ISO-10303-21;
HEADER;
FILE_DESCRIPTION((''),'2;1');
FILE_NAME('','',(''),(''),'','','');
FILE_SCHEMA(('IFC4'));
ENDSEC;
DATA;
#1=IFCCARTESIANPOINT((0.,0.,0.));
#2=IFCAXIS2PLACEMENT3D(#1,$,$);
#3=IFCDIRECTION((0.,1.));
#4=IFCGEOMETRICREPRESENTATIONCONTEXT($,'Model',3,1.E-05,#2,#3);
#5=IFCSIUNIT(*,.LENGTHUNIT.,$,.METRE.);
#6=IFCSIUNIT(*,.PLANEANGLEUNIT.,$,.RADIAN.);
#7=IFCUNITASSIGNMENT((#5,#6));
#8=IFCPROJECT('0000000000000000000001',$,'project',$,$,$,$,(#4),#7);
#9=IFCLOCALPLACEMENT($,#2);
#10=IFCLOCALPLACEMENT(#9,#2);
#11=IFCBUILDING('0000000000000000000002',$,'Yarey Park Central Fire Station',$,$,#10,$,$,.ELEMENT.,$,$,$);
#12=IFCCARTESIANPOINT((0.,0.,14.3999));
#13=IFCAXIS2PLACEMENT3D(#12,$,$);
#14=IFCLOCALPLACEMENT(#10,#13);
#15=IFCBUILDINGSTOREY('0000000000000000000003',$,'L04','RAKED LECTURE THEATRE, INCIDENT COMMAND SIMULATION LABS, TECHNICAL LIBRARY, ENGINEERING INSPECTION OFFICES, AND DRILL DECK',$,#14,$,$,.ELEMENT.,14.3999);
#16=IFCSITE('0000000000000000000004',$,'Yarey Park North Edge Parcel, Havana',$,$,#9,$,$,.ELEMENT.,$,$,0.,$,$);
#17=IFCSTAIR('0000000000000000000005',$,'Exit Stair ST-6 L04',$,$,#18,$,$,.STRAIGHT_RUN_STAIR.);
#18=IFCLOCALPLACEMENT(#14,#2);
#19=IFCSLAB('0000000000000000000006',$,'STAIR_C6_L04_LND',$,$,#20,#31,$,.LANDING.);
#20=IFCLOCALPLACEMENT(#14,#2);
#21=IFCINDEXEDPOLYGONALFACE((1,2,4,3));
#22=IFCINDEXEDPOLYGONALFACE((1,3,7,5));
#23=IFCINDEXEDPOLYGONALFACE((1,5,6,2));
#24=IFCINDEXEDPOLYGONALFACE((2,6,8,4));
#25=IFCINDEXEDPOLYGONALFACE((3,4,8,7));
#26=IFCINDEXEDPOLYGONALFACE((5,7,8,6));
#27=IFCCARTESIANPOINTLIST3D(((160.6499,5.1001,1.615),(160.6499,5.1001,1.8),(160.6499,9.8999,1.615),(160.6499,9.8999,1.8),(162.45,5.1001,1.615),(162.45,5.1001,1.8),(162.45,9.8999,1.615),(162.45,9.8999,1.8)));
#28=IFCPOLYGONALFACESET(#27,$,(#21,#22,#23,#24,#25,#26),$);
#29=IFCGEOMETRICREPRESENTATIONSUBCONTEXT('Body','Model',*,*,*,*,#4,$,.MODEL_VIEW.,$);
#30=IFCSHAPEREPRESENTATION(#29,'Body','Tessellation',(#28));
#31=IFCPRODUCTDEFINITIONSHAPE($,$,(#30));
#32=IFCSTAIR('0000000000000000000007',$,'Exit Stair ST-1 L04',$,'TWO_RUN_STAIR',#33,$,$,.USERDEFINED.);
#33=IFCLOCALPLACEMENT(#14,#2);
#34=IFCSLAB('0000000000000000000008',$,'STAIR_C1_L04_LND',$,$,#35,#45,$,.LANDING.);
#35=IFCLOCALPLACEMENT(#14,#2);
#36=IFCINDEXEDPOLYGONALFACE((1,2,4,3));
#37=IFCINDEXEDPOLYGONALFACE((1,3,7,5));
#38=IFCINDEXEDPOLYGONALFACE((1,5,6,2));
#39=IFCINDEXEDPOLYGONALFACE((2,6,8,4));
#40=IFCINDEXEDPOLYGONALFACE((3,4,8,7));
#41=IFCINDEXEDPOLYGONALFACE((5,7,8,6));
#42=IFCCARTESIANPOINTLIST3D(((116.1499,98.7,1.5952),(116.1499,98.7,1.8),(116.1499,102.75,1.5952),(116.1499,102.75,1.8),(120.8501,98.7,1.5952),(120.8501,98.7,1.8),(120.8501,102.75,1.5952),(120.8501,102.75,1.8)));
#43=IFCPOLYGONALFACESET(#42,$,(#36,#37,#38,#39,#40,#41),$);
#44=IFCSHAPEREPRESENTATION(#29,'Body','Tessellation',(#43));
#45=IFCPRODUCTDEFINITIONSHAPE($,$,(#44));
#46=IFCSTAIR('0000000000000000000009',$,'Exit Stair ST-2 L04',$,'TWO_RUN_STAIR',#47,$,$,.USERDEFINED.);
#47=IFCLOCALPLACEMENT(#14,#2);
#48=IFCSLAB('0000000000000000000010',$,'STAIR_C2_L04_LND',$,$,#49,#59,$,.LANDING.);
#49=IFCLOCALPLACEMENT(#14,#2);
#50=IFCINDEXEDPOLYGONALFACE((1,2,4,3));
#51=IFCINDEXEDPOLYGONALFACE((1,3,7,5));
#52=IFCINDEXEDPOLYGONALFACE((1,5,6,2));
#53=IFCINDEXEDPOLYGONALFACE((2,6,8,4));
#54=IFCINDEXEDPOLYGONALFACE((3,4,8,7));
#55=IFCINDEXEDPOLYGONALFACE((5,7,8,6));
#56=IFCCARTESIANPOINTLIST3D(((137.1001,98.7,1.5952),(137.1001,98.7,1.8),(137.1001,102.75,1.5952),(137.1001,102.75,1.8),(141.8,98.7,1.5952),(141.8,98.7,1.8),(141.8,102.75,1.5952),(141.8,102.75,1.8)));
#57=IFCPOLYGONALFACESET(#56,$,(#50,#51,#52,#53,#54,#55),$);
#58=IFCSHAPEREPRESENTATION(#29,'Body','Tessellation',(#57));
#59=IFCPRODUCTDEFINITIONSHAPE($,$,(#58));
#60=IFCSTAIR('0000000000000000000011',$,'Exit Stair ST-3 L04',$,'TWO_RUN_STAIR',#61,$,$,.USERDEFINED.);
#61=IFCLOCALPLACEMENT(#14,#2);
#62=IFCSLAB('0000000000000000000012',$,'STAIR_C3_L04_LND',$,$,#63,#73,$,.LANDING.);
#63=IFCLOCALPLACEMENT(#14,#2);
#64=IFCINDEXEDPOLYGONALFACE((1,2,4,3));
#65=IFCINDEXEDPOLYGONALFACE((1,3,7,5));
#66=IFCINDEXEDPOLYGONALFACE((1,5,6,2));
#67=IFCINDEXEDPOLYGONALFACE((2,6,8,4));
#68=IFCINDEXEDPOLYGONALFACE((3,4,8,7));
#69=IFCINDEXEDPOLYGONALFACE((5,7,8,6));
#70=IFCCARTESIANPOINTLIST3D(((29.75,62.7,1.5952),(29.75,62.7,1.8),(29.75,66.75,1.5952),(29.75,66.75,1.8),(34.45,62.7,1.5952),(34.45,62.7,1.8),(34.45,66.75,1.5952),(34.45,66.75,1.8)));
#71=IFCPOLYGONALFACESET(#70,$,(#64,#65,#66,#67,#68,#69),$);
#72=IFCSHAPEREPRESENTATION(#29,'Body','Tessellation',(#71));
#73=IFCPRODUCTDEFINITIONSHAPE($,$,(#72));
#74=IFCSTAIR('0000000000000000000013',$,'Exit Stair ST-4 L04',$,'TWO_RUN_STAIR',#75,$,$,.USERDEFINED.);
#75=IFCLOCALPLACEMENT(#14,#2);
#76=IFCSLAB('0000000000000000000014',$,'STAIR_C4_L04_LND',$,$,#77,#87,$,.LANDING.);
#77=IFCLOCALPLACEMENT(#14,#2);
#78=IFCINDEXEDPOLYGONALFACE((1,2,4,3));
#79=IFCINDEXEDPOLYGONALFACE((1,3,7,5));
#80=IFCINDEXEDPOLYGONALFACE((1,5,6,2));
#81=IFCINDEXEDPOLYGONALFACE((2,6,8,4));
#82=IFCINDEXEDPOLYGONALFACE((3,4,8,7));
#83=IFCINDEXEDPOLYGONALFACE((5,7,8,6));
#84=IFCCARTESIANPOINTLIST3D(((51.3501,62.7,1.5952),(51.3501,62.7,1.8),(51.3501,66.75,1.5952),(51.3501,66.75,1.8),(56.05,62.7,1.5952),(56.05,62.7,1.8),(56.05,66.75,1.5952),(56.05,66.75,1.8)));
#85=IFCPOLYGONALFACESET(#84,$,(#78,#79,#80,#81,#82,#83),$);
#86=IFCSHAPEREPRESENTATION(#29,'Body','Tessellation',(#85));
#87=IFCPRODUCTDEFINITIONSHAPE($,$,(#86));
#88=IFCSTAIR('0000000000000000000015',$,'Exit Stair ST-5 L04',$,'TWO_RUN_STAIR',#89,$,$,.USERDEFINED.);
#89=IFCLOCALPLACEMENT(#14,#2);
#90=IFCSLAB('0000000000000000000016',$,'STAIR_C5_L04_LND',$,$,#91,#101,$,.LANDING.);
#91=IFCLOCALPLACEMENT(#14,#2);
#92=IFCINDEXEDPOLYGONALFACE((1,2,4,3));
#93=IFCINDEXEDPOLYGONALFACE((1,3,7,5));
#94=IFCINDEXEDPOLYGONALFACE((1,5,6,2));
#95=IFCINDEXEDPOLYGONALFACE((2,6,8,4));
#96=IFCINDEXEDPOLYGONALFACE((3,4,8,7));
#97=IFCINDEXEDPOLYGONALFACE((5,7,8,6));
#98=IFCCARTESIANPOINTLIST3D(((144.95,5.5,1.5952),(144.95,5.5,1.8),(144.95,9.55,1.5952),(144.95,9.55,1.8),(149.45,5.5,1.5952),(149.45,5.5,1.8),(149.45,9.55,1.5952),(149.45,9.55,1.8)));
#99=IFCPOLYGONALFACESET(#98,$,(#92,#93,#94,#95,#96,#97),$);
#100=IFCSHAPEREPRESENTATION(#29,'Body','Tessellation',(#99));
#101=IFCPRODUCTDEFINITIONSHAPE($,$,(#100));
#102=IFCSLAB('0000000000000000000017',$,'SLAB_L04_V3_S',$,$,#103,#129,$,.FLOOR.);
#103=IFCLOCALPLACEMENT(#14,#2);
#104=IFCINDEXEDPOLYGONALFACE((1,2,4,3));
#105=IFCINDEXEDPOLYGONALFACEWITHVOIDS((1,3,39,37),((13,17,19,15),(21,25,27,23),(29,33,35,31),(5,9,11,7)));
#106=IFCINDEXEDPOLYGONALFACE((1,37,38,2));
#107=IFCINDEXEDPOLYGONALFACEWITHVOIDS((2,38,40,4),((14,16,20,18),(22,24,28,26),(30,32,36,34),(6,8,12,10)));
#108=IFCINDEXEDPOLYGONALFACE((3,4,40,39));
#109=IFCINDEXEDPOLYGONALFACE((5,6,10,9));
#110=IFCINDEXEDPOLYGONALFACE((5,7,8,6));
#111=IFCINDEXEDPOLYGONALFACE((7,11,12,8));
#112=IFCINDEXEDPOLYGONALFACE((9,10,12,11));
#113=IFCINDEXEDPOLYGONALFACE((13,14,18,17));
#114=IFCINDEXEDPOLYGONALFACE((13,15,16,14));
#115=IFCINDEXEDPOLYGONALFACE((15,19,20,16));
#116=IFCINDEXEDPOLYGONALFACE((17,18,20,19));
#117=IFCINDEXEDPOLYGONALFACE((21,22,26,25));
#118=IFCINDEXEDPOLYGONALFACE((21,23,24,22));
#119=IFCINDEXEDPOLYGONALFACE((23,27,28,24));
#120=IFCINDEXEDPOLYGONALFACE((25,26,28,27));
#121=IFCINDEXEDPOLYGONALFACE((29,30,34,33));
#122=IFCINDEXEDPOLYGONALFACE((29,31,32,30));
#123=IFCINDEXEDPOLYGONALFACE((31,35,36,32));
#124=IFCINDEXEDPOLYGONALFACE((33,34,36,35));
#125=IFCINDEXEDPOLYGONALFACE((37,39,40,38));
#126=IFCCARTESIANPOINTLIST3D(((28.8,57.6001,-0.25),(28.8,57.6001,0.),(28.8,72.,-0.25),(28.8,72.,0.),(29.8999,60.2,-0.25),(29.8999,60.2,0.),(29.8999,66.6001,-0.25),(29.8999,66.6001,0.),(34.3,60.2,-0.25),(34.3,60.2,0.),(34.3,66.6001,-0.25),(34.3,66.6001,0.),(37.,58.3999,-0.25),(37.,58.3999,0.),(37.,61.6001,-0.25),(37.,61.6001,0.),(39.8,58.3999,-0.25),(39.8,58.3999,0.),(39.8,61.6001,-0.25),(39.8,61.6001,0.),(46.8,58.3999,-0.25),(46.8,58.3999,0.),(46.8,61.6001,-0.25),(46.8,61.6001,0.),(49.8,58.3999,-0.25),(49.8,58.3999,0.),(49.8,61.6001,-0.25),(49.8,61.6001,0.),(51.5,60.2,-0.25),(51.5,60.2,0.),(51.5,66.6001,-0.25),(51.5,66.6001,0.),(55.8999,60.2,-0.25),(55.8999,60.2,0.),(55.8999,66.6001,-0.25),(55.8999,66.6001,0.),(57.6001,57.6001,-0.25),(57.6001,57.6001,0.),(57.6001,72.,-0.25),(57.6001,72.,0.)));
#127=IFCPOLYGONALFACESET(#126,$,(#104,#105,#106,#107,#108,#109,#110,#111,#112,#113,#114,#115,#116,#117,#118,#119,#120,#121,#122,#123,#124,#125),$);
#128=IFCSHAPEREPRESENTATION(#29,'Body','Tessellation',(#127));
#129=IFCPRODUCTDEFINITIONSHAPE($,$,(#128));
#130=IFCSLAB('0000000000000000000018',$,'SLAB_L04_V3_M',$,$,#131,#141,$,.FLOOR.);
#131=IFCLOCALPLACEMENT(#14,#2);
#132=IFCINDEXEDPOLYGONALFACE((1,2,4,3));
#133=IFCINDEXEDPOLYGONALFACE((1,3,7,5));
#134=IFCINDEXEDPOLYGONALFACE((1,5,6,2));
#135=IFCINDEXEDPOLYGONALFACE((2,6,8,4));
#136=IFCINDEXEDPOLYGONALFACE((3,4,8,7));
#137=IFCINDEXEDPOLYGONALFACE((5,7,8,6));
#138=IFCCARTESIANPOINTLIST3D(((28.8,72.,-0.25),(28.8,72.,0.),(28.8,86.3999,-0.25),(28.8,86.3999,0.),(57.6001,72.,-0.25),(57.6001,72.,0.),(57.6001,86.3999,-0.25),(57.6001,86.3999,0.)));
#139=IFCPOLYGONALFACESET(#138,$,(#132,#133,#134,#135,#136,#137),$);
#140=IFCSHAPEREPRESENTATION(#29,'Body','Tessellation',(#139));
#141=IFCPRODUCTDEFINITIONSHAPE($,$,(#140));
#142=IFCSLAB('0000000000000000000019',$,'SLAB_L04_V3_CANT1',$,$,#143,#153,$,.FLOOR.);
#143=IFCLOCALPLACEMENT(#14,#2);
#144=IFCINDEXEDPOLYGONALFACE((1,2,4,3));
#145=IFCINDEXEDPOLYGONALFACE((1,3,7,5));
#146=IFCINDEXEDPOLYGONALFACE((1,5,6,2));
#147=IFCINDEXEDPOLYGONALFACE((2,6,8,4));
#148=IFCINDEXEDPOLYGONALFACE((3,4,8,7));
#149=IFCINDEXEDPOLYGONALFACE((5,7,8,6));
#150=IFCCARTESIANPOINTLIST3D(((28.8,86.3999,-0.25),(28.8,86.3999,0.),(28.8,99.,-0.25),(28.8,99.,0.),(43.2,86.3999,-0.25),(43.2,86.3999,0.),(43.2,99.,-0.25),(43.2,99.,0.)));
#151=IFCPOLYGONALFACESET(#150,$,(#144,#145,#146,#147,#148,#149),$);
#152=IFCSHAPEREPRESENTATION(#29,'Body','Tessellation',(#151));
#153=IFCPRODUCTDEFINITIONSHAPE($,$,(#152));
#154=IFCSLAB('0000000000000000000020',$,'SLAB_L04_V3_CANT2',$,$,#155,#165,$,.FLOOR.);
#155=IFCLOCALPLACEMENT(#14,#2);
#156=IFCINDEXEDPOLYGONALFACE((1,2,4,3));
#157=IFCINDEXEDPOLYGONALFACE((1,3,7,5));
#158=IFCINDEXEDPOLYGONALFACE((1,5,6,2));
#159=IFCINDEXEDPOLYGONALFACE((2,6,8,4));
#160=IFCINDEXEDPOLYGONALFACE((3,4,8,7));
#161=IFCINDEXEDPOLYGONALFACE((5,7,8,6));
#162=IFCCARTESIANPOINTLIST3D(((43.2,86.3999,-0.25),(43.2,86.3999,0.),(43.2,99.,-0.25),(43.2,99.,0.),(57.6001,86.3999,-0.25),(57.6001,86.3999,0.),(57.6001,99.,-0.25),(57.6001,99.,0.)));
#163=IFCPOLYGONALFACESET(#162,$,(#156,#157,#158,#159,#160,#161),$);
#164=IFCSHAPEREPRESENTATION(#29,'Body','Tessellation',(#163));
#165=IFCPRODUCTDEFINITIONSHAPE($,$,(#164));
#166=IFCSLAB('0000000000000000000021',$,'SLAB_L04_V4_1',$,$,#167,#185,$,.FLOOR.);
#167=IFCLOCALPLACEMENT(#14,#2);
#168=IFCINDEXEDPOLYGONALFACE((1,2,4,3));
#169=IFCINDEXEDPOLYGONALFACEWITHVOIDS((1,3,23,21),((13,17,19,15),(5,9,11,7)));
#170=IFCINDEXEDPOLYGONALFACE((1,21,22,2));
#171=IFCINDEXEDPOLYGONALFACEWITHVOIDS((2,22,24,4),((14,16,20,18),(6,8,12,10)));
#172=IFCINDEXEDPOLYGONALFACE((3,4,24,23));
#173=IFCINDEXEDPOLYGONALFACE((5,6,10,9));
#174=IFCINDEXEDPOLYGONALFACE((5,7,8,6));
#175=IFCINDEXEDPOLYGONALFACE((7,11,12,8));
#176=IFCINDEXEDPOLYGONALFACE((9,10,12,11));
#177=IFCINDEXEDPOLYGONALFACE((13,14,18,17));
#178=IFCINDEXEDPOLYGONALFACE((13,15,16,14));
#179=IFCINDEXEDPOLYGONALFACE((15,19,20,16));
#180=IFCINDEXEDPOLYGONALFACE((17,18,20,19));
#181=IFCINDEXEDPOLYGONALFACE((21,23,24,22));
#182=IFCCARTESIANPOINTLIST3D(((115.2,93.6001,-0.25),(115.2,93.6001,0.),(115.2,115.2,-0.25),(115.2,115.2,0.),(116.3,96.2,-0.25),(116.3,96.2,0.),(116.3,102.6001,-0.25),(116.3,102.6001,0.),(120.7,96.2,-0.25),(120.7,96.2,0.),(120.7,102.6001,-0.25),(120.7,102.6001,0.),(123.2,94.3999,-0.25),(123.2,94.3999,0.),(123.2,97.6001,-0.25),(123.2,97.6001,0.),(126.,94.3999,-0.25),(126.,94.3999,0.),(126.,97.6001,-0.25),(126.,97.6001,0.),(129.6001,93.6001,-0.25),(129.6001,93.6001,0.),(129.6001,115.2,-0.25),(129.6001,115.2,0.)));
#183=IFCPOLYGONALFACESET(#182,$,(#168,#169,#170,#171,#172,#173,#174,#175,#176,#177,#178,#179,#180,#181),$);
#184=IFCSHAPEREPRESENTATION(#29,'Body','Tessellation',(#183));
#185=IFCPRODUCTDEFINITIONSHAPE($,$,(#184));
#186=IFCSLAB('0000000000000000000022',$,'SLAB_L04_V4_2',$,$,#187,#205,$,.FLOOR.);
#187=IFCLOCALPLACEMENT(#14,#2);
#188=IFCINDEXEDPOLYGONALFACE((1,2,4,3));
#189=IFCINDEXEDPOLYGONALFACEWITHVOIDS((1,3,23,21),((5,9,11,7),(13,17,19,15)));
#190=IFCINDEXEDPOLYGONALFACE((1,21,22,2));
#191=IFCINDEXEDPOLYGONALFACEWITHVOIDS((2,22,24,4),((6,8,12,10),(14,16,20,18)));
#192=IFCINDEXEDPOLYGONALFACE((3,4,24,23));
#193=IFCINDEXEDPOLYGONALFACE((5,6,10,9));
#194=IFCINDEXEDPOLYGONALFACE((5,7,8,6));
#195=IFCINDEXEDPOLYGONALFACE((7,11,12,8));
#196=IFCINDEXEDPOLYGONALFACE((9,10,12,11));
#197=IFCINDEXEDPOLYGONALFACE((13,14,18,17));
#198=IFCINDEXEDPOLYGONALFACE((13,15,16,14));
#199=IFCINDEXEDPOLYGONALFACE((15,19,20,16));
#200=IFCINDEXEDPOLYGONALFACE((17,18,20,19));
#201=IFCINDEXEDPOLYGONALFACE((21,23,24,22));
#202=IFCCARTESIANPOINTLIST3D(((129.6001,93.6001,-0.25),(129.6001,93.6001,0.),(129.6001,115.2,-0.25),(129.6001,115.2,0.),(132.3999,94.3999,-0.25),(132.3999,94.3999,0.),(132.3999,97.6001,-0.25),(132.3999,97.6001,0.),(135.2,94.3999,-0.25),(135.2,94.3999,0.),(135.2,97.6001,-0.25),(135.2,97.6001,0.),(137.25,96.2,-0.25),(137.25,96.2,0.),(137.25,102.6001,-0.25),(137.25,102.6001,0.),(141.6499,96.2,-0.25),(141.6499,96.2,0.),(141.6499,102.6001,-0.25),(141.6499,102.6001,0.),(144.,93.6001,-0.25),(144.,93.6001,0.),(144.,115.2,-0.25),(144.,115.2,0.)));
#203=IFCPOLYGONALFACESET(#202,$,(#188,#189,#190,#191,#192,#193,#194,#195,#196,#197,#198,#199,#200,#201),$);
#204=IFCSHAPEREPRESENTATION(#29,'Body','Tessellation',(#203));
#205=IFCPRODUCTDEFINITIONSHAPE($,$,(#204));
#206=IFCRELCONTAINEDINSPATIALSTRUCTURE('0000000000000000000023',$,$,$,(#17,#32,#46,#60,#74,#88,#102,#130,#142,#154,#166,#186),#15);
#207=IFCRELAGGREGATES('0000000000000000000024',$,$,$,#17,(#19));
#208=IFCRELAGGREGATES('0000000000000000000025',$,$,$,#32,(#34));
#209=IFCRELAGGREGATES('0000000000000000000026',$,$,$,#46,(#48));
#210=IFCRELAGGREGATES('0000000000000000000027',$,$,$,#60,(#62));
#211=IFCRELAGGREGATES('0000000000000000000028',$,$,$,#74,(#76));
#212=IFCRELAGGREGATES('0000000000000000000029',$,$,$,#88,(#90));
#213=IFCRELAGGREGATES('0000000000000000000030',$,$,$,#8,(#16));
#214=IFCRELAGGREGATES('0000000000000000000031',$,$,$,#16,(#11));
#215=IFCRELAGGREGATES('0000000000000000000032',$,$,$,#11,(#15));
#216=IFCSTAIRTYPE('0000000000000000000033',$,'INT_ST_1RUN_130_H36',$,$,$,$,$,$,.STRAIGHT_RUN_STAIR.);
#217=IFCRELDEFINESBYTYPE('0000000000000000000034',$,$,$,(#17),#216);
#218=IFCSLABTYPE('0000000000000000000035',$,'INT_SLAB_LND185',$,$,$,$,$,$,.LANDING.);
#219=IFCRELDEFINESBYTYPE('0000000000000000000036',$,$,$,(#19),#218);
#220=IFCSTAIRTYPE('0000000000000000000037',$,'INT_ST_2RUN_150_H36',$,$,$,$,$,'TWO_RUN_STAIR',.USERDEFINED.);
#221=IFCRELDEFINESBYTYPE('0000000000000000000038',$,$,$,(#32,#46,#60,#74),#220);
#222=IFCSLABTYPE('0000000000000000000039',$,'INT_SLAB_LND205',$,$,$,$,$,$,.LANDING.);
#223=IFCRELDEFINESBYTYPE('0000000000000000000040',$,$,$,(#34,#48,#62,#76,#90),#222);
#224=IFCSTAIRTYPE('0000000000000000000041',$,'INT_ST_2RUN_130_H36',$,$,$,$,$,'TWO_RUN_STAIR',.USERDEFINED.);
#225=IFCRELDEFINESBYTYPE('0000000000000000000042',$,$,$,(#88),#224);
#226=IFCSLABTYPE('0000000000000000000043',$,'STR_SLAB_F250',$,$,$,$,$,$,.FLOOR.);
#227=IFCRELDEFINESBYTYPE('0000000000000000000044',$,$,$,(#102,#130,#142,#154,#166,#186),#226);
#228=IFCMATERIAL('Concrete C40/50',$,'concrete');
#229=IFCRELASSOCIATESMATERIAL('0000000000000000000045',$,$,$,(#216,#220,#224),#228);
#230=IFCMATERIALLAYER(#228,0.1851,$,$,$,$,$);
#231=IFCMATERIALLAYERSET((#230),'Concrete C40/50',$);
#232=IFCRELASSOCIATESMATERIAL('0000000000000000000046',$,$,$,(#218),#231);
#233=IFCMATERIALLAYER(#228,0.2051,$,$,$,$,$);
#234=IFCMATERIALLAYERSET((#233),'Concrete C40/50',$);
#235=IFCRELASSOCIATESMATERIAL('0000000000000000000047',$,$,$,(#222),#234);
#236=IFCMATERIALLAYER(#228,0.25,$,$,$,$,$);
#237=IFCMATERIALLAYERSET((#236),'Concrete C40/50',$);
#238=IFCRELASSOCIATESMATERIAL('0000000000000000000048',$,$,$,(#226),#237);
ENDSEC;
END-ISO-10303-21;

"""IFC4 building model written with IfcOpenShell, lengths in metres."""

from ifc_helpers import new_model, si_unit, direction, frame, origin, place, context, subcontext, project, spatial, polyline, outline, extrude, material, layer, layer_set, type_object, element, aggregate, save


model = new_model("IFC4")

# Units and contexts
model_context = context("Model", 3, precision=1e-05, world=origin(), true_north=direction((0.0, 1.0)))
body_context = subcontext(model_context, "Body", "Model", "MODEL_VIEW")
ifc_project = project(units=[si_unit("LENGTHUNIT", "METRE"), si_unit("PLANEANGLEUNIT", "RADIAN")], contexts=[model_context])

# Site, building, storey
site_placement = place(None, origin())
site = spatial("IfcSite", under=ifc_project, at=site_placement, Name="Yarey Park North Edge Parcel, Havana", CompositionType="ELEMENT", RefElevation=0.0)
building_placement = place(site_placement, origin())
building = spatial("IfcBuilding", under=site, at=building_placement, Name="Yarey Park Central Fire Station", CompositionType="ELEMENT")
storey_placement = place(building_placement, frame((0.0, 0.0, 14.3999)))
storey = spatial("IfcBuildingStorey", under=building, at=storey_placement, Name="L04", Description="RAKED LECTURE THEATRE, INCIDENT COMMAND SIMULATION LABS, TECHNICAL LIBRARY, ENGINEERING INSPECTION OFFICES, AND DRILL DECK", CompositionType="ELEMENT", Elevation=14.3999)

# Stairs, slabs
ifc_material_1 = material(Name="Concrete C40/50", Category="concrete")
stair_type_1 = type_object("IfcStairType", Name="INT_ST_1RUN_130_H36", PredefinedType="STRAIGHT_RUN_STAIR", material=ifc_material_1)
stair_1_placement = place(storey_placement, origin())
stair_1 = element("IfcStair", 1, at=stair_1_placement, inside=storey, type_object=stair_type_1, Name="Exit Stair ST-6 L04", PredefinedType="STRAIGHT_RUN_STAIR")
ifc_layer_1 = layer(ifc_material_1, 0.1851)
ifc_layer_set_1 = layer_set([ifc_layer_1], Name="Concrete C40/50")
slab_type_1 = type_object("IfcSlabType", Name="INT_SLAB_LND185", PredefinedType="LANDING", material=ifc_layer_set_1)
slab_1_placement = place(storey_placement, frame((0.0, 0.0, 1.615)))
slab_1 = element("IfcSlab", 2, at=slab_1_placement, type_object=slab_type_1, Name="STAIR_C6_L04_LND", PredefinedType="LANDING", context=body_context, shape_type="SweptSolid", body=[
    extrude(outline(polyline([(160.6499, 5.1001), (162.45, 5.1001), (162.45, 9.8999), (160.6499, 9.8999), (160.6499, 5.1001)])), origin(), (0.0, 0.0, 1.0), 0.1851),
])
aggregate(stair_1, [slab_1])
stair_type_2 = type_object("IfcStairType", Name="INT_ST_2RUN_150_H36", ElementType="TWO_RUN_STAIR", PredefinedType="USERDEFINED", material=ifc_material_1)
stair_2_placement = place(storey_placement, origin())
stair_2 = element("IfcStair", 3, at=stair_2_placement, inside=storey, type_object=stair_type_2, Name="Exit Stair ST-1 L04", ObjectType="TWO_RUN_STAIR", PredefinedType="USERDEFINED")
ifc_layer_2 = layer(ifc_material_1, 0.2051)
ifc_layer_set_2 = layer_set([ifc_layer_2], Name="Concrete C40/50")
slab_type_2 = type_object("IfcSlabType", Name="INT_SLAB_LND205", PredefinedType="LANDING", material=ifc_layer_set_2)
slab_2_placement = place(storey_placement, frame((0.0, 0.0, 1.5952)))
slab_2 = element("IfcSlab", 4, at=slab_2_placement, type_object=slab_type_2, Name="STAIR_C1_L04_LND", PredefinedType="LANDING", context=body_context, shape_type="SweptSolid", body=[
    extrude(outline(polyline([(116.1499, 98.7), (120.8501, 98.7), (120.8501, 102.75), (116.1499, 102.75), (116.1499, 98.7)])), origin(), (0.0, 0.0, 1.0), 0.2048),
])
aggregate(stair_2, [slab_2])
stair_3_placement = place(storey_placement, origin())
stair_3 = element("IfcStair", 5, at=stair_3_placement, inside=storey, type_object=stair_type_2, Name="Exit Stair ST-2 L04", ObjectType="TWO_RUN_STAIR", PredefinedType="USERDEFINED")
slab_3_placement = place(storey_placement, frame((0.0, 0.0, 1.5952)))
slab_3 = element("IfcSlab", 6, at=slab_3_placement, type_object=slab_type_2, Name="STAIR_C2_L04_LND", PredefinedType="LANDING", context=body_context, shape_type="SweptSolid", body=[
    extrude(outline(polyline([(137.1001, 98.7), (141.8, 98.7), (141.8, 102.75), (137.1001, 102.75), (137.1001, 98.7)])), origin(), (0.0, 0.0, 1.0), 0.2048),
])
aggregate(stair_3, [slab_3])
stair_4_placement = place(storey_placement, origin())
stair_4 = element("IfcStair", 7, at=stair_4_placement, inside=storey, type_object=stair_type_2, Name="Exit Stair ST-3 L04", ObjectType="TWO_RUN_STAIR", PredefinedType="USERDEFINED")
slab_4_placement = place(storey_placement, frame((0.0, 0.0, 1.5952)))
slab_4 = element("IfcSlab", 8, at=slab_4_placement, type_object=slab_type_2, Name="STAIR_C3_L04_LND", PredefinedType="LANDING", context=body_context, shape_type="SweptSolid", body=[
    extrude(outline(polyline([(29.75, 62.7), (34.45, 62.7), (34.45, 66.75), (29.75, 66.75), (29.75, 62.7)])), origin(), (0.0, 0.0, 1.0), 0.2048),
])
aggregate(stair_4, [slab_4])
stair_5_placement = place(storey_placement, origin())
stair_5 = element("IfcStair", 9, at=stair_5_placement, inside=storey, type_object=stair_type_2, Name="Exit Stair ST-4 L04", ObjectType="TWO_RUN_STAIR", PredefinedType="USERDEFINED")
slab_5_placement = place(storey_placement, frame((0.0, 0.0, 1.5952)))
slab_5 = element("IfcSlab", 10, at=slab_5_placement, type_object=slab_type_2, Name="STAIR_C4_L04_LND", PredefinedType="LANDING", context=body_context, shape_type="SweptSolid", body=[
    extrude(outline(polyline([(51.3501, 62.7), (56.05, 62.7), (56.05, 66.75), (51.3501, 66.75), (51.3501, 62.7)])), origin(), (0.0, 0.0, 1.0), 0.2048),
])
aggregate(stair_5, [slab_5])
stair_type_3 = type_object("IfcStairType", Name="INT_ST_2RUN_130_H36", ElementType="TWO_RUN_STAIR", PredefinedType="USERDEFINED", material=ifc_material_1)
stair_6_placement = place(storey_placement, origin())
stair_6 = element("IfcStair", 11, at=stair_6_placement, inside=storey, type_object=stair_type_3, Name="Exit Stair ST-5 L04", ObjectType="TWO_RUN_STAIR", PredefinedType="USERDEFINED")
slab_6_placement = place(storey_placement, frame((0.0, 0.0, 1.5952)))
slab_6 = element("IfcSlab", 12, at=slab_6_placement, type_object=slab_type_2, Name="STAIR_C5_L04_LND", PredefinedType="LANDING", context=body_context, shape_type="SweptSolid", body=[
    extrude(outline(polyline([(144.95, 5.5), (149.45, 5.5), (149.45, 9.55), (144.95, 9.55), (144.95, 5.5)])), origin(), (0.0, 0.0, 1.0), 0.2048),
])
aggregate(stair_6, [slab_6])

# Slabs
ifc_layer_3 = layer(ifc_material_1, 0.25)
ifc_layer_set_3 = layer_set([ifc_layer_3], Name="Concrete C40/50")
slab_type_3 = type_object("IfcSlabType", Name="STR_SLAB_F250", PredefinedType="FLOOR", material=ifc_layer_set_3)
slab_7_placement = place(storey_placement, frame((0.0, 0.0, -0.25)))
element("IfcSlab", 13, at=slab_7_placement, inside=storey, type_object=slab_type_3, Name="SLAB_L04_V3_S", PredefinedType="FLOOR", context=body_context, shape_type="SweptSolid", body=[
    extrude(outline(polyline([(28.8, 57.6001), (57.6001, 57.6001), (57.6001, 72.0), (28.8, 72.0), (28.8, 57.6001)]), holes=[polyline([(29.8999, 60.2), (34.3, 60.2), (34.3, 66.6001), (29.8999, 66.6001), (29.8999, 60.2)]), polyline([(37.0, 58.3999), (39.8, 58.3999), (39.8, 61.6001), (37.0, 61.6001), (37.0, 58.3999)]), polyline([(51.5, 60.2), (55.8999, 60.2), (55.8999, 66.6001), (51.5, 66.6001), (51.5, 60.2)]), polyline([(46.8, 58.3999), (49.8, 58.3999), (49.8, 61.6001), (46.8, 61.6001), (46.8, 58.3999)])]), origin(), (0.0, 0.0, 1.0), 0.25),
])
slab_8_placement = place(storey_placement, frame((0.0, 0.0, -0.25)))
element("IfcSlab", 14, at=slab_8_placement, inside=storey, type_object=slab_type_3, Name="SLAB_L04_V3_M", PredefinedType="FLOOR", context=body_context, shape_type="SweptSolid", body=[
    extrude(outline(polyline([(28.8, 72.0), (57.6001, 72.0), (57.6001, 86.3999), (28.8, 86.3999), (28.8, 72.0)])), origin(), (0.0, 0.0, 1.0), 0.25),
])
slab_9_placement = place(storey_placement, frame((0.0, 0.0, -0.25)))
element("IfcSlab", 15, at=slab_9_placement, inside=storey, type_object=slab_type_3, Name="SLAB_L04_V3_CANT1", PredefinedType="FLOOR", context=body_context, shape_type="SweptSolid", body=[
    extrude(outline(polyline([(28.8, 86.3999), (43.2, 86.3999), (43.2, 99.0), (28.8, 99.0), (28.8, 86.3999)])), origin(), (0.0, 0.0, 1.0), 0.25),
])
slab_10_placement = place(storey_placement, frame((0.0, 0.0, -0.25)))
element("IfcSlab", 16, at=slab_10_placement, inside=storey, type_object=slab_type_3, Name="SLAB_L04_V3_CANT2", PredefinedType="FLOOR", context=body_context, shape_type="SweptSolid", body=[
    extrude(outline(polyline([(43.2, 86.3999), (57.6001, 86.3999), (57.6001, 99.0), (43.2, 99.0), (43.2, 86.3999)])), origin(), (0.0, 0.0, 1.0), 0.25),
])
slab_11_placement = place(storey_placement, frame((0.0, 0.0, -0.25)))
element("IfcSlab", 17, at=slab_11_placement, inside=storey, type_object=slab_type_3, Name="SLAB_L04_V4_1", PredefinedType="FLOOR", context=body_context, shape_type="SweptSolid", body=[
    extrude(outline(polyline([(115.2, 93.6001), (129.6001, 93.6001), (129.6001, 115.2), (115.2, 115.2), (115.2, 93.6001)]), holes=[polyline([(116.3, 96.2), (120.7, 96.2), (120.7, 102.6001), (116.3, 102.6001), (116.3, 96.2)]), polyline([(123.2, 94.3999), (126.0, 94.3999), (126.0, 97.6001), (123.2, 97.6001), (123.2, 94.3999)])]), origin(), (0.0, 0.0, 1.0), 0.25),
])
slab_12_placement = place(storey_placement, frame((0.0, 0.0, -0.25)))
element("IfcSlab", 18, at=slab_12_placement, inside=storey, type_object=slab_type_3, Name="SLAB_L04_V4_2", PredefinedType="FLOOR", context=body_context, shape_type="SweptSolid", body=[
    extrude(outline(polyline([(129.6001, 93.6001), (144.0, 93.6001), (144.0, 115.2), (129.6001, 115.2), (129.6001, 93.6001)]), holes=[polyline([(137.25, 96.2), (141.6499, 96.2), (141.6499, 102.6001), (137.25, 102.6001), (137.25, 96.2)]), polyline([(132.3999, 94.3999), (135.2, 94.3999), (135.2, 97.6001), (132.3999, 97.6001), (132.3999, 94.3999)])]), origin(), (0.0, 0.0, 1.0), 0.25),
])

save(model, "model.ifc")
